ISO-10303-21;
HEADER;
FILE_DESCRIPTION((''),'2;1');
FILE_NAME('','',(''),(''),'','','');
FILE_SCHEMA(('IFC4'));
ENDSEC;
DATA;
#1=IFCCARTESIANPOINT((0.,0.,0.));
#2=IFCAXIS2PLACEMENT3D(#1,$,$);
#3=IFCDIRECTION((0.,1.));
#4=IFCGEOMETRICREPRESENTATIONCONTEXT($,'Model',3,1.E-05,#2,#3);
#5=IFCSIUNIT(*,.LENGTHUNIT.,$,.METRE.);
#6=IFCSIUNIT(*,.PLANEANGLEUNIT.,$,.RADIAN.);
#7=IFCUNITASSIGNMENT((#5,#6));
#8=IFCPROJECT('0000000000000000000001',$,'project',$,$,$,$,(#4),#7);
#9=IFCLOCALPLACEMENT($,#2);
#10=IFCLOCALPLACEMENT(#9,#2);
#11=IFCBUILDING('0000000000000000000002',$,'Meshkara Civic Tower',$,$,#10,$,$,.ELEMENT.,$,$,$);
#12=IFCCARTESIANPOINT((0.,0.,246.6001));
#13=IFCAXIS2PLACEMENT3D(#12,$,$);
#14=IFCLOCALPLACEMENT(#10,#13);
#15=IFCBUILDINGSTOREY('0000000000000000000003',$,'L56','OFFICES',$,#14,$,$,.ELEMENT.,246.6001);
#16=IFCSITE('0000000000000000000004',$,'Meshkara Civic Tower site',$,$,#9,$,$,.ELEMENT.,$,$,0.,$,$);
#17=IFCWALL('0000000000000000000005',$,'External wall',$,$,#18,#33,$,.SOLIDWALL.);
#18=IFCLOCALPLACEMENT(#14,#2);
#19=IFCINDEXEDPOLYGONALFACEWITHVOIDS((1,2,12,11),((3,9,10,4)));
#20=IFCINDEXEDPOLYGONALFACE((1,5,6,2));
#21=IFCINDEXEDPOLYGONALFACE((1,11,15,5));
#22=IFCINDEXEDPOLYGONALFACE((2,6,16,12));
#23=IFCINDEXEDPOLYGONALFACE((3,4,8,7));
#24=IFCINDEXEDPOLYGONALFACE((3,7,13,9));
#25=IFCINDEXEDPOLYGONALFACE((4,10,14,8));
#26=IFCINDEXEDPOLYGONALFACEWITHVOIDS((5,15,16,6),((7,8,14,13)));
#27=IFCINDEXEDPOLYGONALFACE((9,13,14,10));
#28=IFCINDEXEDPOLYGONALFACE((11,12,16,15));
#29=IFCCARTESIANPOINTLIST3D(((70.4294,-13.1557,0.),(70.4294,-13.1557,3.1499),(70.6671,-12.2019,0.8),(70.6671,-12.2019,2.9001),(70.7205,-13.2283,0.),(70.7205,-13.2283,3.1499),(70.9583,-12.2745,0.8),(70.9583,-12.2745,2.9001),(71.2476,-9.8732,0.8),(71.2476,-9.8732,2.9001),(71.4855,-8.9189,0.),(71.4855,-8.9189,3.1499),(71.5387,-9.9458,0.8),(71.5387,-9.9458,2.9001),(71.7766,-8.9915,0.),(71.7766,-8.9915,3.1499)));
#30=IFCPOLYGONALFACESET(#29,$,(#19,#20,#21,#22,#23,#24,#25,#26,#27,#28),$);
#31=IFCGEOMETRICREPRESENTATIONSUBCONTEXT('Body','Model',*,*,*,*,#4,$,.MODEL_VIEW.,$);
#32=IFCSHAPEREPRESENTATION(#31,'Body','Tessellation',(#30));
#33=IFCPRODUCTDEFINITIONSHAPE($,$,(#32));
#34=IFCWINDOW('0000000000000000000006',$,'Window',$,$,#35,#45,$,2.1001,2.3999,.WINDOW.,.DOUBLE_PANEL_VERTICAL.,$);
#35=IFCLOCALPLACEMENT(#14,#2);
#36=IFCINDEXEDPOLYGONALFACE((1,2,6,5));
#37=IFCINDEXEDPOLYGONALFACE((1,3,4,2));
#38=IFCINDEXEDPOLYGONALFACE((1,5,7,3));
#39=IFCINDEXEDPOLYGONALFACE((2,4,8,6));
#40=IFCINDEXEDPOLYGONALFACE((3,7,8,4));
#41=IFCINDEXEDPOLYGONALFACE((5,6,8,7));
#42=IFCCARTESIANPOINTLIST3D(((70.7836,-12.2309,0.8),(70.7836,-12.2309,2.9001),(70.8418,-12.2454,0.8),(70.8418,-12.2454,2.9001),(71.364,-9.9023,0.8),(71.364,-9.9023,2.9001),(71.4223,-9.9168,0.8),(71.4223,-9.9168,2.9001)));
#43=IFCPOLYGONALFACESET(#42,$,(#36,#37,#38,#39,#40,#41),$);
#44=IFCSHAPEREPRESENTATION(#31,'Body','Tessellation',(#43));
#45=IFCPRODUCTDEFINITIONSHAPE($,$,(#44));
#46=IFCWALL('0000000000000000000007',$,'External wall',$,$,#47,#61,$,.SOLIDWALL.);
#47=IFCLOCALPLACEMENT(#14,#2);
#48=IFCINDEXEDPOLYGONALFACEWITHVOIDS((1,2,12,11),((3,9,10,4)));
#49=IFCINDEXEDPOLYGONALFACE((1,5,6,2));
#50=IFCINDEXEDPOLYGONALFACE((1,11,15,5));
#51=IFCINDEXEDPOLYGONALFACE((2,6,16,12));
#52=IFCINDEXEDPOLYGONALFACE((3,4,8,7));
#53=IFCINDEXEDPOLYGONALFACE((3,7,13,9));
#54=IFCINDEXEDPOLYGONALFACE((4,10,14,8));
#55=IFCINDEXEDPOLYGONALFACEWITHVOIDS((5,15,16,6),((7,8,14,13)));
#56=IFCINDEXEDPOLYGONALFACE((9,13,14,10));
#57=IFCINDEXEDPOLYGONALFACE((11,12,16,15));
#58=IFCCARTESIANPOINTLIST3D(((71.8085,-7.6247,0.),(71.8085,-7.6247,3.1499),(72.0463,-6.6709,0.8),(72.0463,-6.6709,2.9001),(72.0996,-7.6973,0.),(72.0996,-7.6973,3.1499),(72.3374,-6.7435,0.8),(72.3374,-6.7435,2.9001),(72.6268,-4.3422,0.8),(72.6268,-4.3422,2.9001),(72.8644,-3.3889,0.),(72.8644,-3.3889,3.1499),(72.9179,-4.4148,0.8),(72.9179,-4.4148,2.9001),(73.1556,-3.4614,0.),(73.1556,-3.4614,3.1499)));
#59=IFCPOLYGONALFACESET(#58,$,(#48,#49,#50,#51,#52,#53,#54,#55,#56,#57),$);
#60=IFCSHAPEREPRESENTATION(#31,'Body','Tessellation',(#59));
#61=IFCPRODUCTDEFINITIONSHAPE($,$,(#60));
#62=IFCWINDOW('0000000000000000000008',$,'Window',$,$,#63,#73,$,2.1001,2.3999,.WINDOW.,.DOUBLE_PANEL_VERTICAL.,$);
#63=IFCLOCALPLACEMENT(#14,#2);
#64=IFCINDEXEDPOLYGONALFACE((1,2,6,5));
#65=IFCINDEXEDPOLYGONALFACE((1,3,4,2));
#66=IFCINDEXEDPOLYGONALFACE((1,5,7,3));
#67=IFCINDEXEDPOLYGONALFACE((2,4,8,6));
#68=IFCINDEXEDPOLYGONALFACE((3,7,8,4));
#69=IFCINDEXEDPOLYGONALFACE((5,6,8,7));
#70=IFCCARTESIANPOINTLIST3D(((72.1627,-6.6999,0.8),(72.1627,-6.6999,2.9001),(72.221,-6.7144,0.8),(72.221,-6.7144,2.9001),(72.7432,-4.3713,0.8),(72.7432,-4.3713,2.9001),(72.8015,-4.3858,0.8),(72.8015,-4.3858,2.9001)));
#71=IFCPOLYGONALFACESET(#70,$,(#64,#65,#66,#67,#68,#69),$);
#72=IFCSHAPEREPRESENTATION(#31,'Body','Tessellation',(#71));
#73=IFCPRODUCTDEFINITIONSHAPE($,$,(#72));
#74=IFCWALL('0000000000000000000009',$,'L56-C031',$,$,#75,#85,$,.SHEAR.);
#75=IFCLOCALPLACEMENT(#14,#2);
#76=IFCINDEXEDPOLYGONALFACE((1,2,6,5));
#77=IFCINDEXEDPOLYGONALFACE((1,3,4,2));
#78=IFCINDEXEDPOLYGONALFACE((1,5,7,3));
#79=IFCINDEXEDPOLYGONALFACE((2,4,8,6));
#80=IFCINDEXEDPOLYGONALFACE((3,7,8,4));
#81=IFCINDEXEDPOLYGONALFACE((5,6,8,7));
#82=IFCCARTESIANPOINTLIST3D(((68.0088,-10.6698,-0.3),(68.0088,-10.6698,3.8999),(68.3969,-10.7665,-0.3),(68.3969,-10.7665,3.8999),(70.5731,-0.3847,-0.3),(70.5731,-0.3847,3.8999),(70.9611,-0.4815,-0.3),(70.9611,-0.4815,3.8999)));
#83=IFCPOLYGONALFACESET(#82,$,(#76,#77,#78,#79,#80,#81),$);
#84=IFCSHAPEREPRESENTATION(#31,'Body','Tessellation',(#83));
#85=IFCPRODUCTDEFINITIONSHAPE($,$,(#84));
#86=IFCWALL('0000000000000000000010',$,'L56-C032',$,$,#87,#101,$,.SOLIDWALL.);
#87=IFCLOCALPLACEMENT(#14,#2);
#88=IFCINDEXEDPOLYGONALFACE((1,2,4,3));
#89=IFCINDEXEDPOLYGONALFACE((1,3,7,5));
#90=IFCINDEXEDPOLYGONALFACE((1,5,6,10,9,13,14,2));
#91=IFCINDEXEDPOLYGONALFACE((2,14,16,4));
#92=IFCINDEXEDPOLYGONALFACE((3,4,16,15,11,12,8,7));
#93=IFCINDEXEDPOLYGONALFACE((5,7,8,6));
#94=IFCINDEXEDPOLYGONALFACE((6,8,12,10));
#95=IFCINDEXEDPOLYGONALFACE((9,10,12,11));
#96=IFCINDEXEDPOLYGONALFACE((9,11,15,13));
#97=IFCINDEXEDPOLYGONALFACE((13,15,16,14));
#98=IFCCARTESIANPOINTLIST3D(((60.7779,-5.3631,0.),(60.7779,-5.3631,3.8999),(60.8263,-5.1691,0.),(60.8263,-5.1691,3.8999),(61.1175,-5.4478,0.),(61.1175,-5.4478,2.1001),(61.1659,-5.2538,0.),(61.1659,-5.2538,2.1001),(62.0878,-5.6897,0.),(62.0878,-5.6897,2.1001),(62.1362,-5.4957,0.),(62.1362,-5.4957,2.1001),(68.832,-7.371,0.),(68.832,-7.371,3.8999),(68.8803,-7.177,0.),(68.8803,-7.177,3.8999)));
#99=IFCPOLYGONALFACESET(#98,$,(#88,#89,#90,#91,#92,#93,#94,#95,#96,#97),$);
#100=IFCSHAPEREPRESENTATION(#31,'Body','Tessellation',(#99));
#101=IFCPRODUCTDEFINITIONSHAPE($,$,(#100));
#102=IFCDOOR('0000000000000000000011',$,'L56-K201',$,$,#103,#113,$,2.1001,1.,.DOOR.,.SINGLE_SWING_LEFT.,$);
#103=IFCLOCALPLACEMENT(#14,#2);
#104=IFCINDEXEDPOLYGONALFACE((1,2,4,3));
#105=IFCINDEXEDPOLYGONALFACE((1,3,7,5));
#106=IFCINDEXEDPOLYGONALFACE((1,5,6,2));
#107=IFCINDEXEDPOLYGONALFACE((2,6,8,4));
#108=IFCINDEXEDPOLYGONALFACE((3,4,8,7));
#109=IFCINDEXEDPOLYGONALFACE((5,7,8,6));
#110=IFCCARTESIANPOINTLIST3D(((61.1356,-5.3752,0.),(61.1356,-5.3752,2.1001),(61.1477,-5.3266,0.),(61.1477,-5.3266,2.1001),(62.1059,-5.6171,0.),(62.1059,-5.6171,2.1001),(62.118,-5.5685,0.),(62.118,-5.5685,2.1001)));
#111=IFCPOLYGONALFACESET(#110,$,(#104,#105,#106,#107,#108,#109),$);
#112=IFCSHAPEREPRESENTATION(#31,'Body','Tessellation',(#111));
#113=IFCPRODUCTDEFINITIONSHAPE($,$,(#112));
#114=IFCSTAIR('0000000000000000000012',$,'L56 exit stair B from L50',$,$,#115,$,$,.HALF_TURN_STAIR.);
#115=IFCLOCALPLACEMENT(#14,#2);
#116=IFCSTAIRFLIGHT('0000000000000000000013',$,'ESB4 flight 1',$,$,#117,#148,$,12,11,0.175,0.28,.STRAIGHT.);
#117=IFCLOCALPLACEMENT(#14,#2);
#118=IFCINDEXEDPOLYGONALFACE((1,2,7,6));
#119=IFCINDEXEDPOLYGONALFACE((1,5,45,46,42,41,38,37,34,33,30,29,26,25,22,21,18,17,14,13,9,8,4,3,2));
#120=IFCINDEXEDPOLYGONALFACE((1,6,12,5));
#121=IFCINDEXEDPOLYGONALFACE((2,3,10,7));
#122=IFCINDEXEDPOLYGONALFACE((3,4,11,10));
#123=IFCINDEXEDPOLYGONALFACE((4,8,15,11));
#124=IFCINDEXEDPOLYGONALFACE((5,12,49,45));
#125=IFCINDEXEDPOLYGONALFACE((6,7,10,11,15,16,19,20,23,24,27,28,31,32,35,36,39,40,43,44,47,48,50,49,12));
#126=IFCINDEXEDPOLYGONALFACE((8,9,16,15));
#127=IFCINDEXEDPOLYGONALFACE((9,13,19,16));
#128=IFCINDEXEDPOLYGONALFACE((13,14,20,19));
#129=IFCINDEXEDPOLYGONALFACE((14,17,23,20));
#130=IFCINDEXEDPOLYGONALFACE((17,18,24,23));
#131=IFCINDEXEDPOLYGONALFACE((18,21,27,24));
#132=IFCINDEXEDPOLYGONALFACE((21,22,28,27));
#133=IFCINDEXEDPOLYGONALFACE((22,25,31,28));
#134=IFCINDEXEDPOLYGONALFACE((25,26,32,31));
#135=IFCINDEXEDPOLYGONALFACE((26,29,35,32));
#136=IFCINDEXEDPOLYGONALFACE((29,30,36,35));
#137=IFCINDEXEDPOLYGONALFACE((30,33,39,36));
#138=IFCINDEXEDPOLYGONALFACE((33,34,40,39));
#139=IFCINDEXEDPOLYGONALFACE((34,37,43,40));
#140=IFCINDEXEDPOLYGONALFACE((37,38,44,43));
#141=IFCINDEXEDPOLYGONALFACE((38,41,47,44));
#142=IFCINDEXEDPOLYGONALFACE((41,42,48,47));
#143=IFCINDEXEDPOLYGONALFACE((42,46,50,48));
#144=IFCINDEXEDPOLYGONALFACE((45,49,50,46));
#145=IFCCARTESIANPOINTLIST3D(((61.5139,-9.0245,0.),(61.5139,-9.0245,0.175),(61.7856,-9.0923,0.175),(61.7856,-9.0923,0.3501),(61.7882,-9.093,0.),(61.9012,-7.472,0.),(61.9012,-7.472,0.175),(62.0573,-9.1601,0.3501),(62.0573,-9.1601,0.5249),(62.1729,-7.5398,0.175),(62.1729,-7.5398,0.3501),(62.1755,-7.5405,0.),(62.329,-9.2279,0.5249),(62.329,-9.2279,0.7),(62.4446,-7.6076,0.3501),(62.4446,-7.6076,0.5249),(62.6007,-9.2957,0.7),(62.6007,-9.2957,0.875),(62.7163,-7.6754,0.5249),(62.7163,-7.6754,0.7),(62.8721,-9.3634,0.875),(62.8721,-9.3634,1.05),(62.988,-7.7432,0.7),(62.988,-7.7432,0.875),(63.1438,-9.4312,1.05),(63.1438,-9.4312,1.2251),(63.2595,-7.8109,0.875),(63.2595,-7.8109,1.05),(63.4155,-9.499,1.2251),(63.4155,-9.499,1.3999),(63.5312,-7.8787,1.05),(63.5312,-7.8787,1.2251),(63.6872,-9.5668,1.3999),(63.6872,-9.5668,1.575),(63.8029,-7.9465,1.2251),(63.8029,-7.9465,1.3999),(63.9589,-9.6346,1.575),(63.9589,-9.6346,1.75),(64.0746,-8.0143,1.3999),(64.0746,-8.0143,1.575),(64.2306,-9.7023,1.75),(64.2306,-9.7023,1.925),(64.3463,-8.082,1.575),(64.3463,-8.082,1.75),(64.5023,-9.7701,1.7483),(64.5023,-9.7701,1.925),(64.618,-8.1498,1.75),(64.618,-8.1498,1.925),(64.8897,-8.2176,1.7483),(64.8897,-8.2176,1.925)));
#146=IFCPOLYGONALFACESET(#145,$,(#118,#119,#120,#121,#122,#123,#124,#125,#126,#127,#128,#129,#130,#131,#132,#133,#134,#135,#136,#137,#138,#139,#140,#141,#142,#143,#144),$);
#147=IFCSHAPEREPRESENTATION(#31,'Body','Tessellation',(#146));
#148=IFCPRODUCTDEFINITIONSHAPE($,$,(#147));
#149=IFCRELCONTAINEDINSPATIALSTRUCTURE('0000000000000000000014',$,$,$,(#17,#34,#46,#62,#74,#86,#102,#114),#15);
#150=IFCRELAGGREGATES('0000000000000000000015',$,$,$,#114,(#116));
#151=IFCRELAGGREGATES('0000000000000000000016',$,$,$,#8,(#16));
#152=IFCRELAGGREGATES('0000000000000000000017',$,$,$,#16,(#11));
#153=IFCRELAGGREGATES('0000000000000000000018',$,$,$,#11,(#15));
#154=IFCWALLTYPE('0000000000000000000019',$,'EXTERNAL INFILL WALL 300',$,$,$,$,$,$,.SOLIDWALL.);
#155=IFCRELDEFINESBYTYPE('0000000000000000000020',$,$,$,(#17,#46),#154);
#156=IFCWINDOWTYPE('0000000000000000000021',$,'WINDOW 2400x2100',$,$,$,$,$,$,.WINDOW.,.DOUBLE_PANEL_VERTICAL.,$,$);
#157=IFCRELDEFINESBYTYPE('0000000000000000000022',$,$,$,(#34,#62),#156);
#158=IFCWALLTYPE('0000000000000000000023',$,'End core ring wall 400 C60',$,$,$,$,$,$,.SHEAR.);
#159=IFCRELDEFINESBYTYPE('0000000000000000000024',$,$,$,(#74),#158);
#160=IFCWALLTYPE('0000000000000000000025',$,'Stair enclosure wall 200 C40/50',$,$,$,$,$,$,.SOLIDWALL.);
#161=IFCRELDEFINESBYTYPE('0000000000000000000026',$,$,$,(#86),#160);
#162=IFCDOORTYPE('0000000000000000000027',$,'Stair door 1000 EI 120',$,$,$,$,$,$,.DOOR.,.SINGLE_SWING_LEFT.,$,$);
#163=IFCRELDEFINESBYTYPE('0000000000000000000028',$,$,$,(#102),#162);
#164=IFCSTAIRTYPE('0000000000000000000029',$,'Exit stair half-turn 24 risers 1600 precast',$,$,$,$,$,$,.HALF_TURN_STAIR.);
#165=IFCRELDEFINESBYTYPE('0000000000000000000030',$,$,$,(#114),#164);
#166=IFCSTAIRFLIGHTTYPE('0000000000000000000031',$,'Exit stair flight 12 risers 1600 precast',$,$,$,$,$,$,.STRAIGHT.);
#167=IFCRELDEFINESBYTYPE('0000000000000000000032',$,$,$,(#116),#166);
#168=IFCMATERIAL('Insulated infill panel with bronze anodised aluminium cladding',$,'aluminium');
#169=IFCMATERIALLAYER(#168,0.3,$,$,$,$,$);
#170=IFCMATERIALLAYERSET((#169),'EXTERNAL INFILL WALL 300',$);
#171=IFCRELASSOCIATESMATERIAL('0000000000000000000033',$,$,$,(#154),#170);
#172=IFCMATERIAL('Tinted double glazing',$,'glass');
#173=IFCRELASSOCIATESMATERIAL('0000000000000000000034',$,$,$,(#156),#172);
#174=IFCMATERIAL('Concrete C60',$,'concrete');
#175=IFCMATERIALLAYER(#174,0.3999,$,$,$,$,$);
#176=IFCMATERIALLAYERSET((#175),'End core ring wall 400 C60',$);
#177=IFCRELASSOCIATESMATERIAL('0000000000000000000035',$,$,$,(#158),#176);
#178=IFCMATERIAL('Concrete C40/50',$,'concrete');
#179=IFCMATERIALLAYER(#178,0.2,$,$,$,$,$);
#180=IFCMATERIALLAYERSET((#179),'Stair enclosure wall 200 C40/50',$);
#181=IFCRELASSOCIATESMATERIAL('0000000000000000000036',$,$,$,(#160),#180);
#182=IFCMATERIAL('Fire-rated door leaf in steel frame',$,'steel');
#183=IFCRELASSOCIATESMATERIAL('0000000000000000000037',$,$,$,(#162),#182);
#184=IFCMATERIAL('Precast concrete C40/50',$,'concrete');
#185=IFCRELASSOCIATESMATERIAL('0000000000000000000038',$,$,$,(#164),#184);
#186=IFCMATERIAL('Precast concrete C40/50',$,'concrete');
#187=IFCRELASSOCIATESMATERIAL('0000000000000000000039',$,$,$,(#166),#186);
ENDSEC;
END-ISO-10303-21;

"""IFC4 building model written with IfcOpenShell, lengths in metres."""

from ifc_helpers import new_model, si_unit, direction, frame, frame_2d, origin, place, context, subcontext, project, spatial, polyline, rectangle, outline, extrude, material, layer, layer_set, type_object, element, fill, aggregate, save


model = new_model("IFC4")

# Units and contexts
model_context = context("Model", 3, precision=1e-05, world=origin(), true_north=direction((0.0, 1.0)))
body_context = subcontext(model_context, "Body", "Model", "MODEL_VIEW")
ifc_project = project(units=[si_unit("LENGTHUNIT", "METRE"), si_unit("PLANEANGLEUNIT", "RADIAN")], contexts=[model_context])

# Site, building, storey
site_placement = place(None, origin())
site = spatial("IfcSite", under=ifc_project, at=site_placement, Name="Meshkara Civic Tower site", CompositionType="ELEMENT", RefElevation=0.0)
building_placement = place(site_placement, origin())
building = spatial("IfcBuilding", under=site, at=building_placement, Name="Meshkara Civic Tower", CompositionType="ELEMENT")
storey_placement = place(building_placement, frame((0.0, 0.0, 246.6001)))
storey = spatial("IfcBuildingStorey", under=building, at=storey_placement, Name="L56", Description="OFFICES", CompositionType="ELEMENT", Elevation=246.6001)

# Walls, openings, windows
ifc_material_1 = material(Name="Insulated infill panel with bronze anodised aluminium cladding", Category="aluminium")
ifc_layer_1 = layer(ifc_material_1, 0.3)
ifc_layer_set_1 = layer_set([ifc_layer_1], Name="EXTERNAL INFILL WALL 300")
wall_type_1 = type_object("IfcWallType", Name="EXTERNAL INFILL WALL 300", PredefinedType="SOLIDWALL", material=ifc_layer_set_1)
ifc_material_2 = material(Name="Tinted double glazing", Category="glass")
window_type_1 = type_object("IfcWindowType", Name="WINDOW 2400x2100", PartitioningType="DOUBLE_PANEL_VERTICAL", PredefinedType="WINDOW", material=ifc_material_2)
wall_1_placement = place(storey_placement, frame((70.575, -13.1919, 0.0), z_axis=(0.0, 0.0, 1.0), x_axis=(0.241878, 0.970307, 0.0)))
wall_1 = element("IfcWall", 1, at=wall_1_placement, inside=storey, type_object=wall_type_1, Name="External wall", PredefinedType="SOLIDWALL", context=body_context, shape_type="SweptSolid", body=[
    extrude(rectangle(XDim=4.3665, YDim=0.3, at=frame_2d((2.1831, 0.0))), origin(), (0.0, 0.0, 1.0), 3.1499),
])
opening_1_placement = place(wall_1_placement, frame((0.9829, 0.0, 0.8)))
opening_1 = element("IfcOpeningElement", 2, at=opening_1_placement, cuts=wall_1, PredefinedType="OPENING", context=body_context, shape_type="SweptSolid", body=[
    extrude(rectangle(XDim=2.3999, YDim=2.1001, at=frame_2d((1.2, 1.05))), frame((0.0, 0.1599, 0.0), z_axis=(0.0, -1.0, 0.0), x_axis=(1.0, 0.0, 0.0)), (0.0, 0.0, 1.0), 0.3201),
])
window_1_placement = place(opening_1_placement, origin())
window_1 = element("IfcWindow", 3, at=window_1_placement, inside=storey, type_object=window_type_1, Name="Window", OverallHeight=2.1001, OverallWidth=2.3999, PartitioningType="DOUBLE_PANEL_VERTICAL", PredefinedType="WINDOW", context=body_context, shape_type="SweptSolid", body=[
    extrude(rectangle(XDim=2.3999, YDim=2.1001, at=frame_2d((1.2, 1.05))), frame((0.0, 0.03, 0.0), z_axis=(0.0, -1.0, 0.0), x_axis=(1.0, 0.0, 0.0)), (0.0, 0.0, 1.0), 0.0601),
])
fill(opening_1, window_1)
wall_2_placement = place(storey_placement, frame((71.9541, -7.6609, 0.0), z_axis=(0.0, 0.0, 1.0), x_axis=(0.241878, 0.970307, 0.0)))
wall_2 = element("IfcWall", 4, at=wall_2_placement, inside=storey, type_object=wall_type_1, Name="External wall", PredefinedType="SOLIDWALL", context=body_context, shape_type="SweptSolid", body=[
    extrude(rectangle(XDim=4.3655, YDim=0.3, at=frame_2d((2.1826, 0.0))), origin(), (0.0, 0.0, 1.0), 3.1499),
])
opening_2_placement = place(wall_2_placement, frame((0.9829, 0.0, 0.8)))
opening_2 = element("IfcOpeningElement", 5, at=opening_2_placement, cuts=wall_2, PredefinedType="OPENING", context=body_context, shape_type="SweptSolid", body=[
    extrude(rectangle(XDim=2.3999, YDim=2.1001, at=frame_2d((1.2, 1.05))), frame((0.0, 0.1599, 0.0), z_axis=(0.0, -1.0, 0.0), x_axis=(1.0, 0.0, 0.0)), (0.0, 0.0, 1.0), 0.3201),
])
window_2_placement = place(opening_2_placement, origin())
window_2 = element("IfcWindow", 6, at=window_2_placement, inside=storey, type_object=window_type_1, Name="Window", OverallHeight=2.1001, OverallWidth=2.3999, PartitioningType="DOUBLE_PANEL_VERTICAL", PredefinedType="WINDOW", context=body_context, shape_type="SweptSolid", body=[
    extrude(rectangle(XDim=2.3999, YDim=2.1001, at=frame_2d((1.2, 1.05))), frame((0.0, 0.03, 0.0), z_axis=(0.0, -1.0, 0.0), x_axis=(1.0, 0.0, 0.0)), (0.0, 0.0, 1.0), 0.0601),
])
fill(opening_2, window_2)

# Wall
ifc_material_3 = material(Name="Concrete C60", Category="concrete")
ifc_layer_2 = layer(ifc_material_3, 0.3999)
ifc_layer_set_2 = layer_set([ifc_layer_2], Name="End core ring wall 400 C60")
wall_type_2 = type_object("IfcWallType", Name="End core ring wall 400 C60", PredefinedType="SHEAR", material=ifc_layer_set_2)
wall_3_placement = place(storey_placement, frame((68.2029, -10.718, -0.3), z_axis=(0.0, 0.0, 1.0), x_axis=(0.241912, 0.970298, 0.0)))
element("IfcWall", 7, at=wall_3_placement, inside=storey, type_object=wall_type_2, Name="L56-C031", PredefinedType="SHEAR", context=body_context, shape_type="SweptSolid", body=[
    extrude(rectangle(XDim=10.5999, YDim=0.3999, at=frame_2d((5.2998, 0.0))), origin(), (0.0, 0.0, 1.0), 4.2),
])

# Wall, opening, door
ifc_material_4 = material(Name="Concrete C40/50", Category="concrete")
ifc_layer_3 = layer(ifc_material_4, 0.2)
ifc_layer_set_3 = layer_set([ifc_layer_3], Name="Stair enclosure wall 200 C40/50")
wall_type_3 = type_object("IfcWallType", Name="Stair enclosure wall 200 C40/50", PredefinedType="SOLIDWALL", material=ifc_layer_set_3)
wall_4_placement = place(storey_placement, frame((60.802, -5.2661, 0.0), z_axis=(0.0, 0.0, 1.0), x_axis=(0.970303, -0.241892, 0.0)))
wall_4 = element("IfcWall", 8, at=wall_4_placement, inside=storey, type_object=wall_type_3, Name="L56-C032", PredefinedType="SOLIDWALL", context=body_context, shape_type="SweptSolid", body=[
    extrude(rectangle(XDim=8.3005, YDim=0.2, at=frame_2d((4.1504, 0.0))), origin(), (0.0, 0.0, 1.0), 3.8999),
])
opening_3_placement = place(wall_4_placement, frame((0.3501, 0.0, 0.0)))
opening_3 = element("IfcOpeningElement", 9, at=opening_3_placement, cuts=wall_4, PredefinedType="OPENING", context=body_context, shape_type="SweptSolid", body=[
    extrude(rectangle(XDim=1.0, YDim=2.1001, at=frame_2d((0.5, 1.05))), frame((0.0, 0.1099, 0.0), z_axis=(0.0, -1.0, 0.0), x_axis=(1.0, 0.0, 0.0)), (0.0, 0.0, 1.0), 0.22),
])
ifc_material_5 = material(Name="Fire-rated door leaf in steel frame", Category="steel")
door_type = type_object("IfcDoorType", Name="Stair door 1000 EI 120", OperationType="SINGLE_SWING_LEFT", PredefinedType="DOOR", material=ifc_material_5)
door_placement = place(opening_3_placement, origin())
door = element("IfcDoor", 10, at=door_placement, inside=storey, type_object=door_type, Name="L56-K201", OperationType="SINGLE_SWING_LEFT", OverallHeight=2.1001, OverallWidth=1.0, PredefinedType="DOOR", context=body_context, shape_type="SweptSolid", body=[
    extrude(rectangle(XDim=1.0, YDim=2.1001, at=frame_2d((0.5, 1.05))), frame((0.0, 0.0249, 0.0), z_axis=(0.0, -1.0, 0.0), x_axis=(1.0, 0.0, 0.0)), (0.0, 0.0, 1.0), 0.05),
])
fill(opening_3, door)

# Stair, stair flight
ifc_material_6 = material(Name="Precast concrete C40/50", Category="concrete")
stair_type = type_object("IfcStairType", Name="Exit stair half-turn 24 risers 1600 precast", PredefinedType="HALF_TURN_STAIR", material=ifc_material_6)
stair_placement = place(storey_placement, origin())
stair = element("IfcStair", 11, at=stair_placement, inside=storey, type_object=stair_type, Name="L56 exit stair B from L50", PredefinedType="HALF_TURN_STAIR")
ifc_material_7 = material(Name="Precast concrete C40/50", Category="concrete")
stair_flight_type = type_object("IfcStairFlightType", Name="Exit stair flight 12 risers 1600 precast", PredefinedType="STRAIGHT", material=ifc_material_7)
stair_flight_1_placement = place(storey_placement, frame((61.7075, -8.2483, 0.0), z_axis=(0.0, 0.0, 1.0), x_axis=(0.97026, -0.242065, 0.0)))
stair_flight_1 = element("IfcStairFlight", 12, at=stair_flight_1_placement, type_object=stair_flight_type, Name="ESB4 flight 1", NumberOfRisers=12, NumberOfTreads=11, PredefinedType="STRAIGHT", RiserHeight=0.175, TreadLength=0.28, context=body_context, shape_type="SweptSolid", body=[
    extrude(outline(polyline([(0.0, 0.0), (0.0, 0.175), (0.28, 0.175), (0.28, 0.3501), (0.5601, 0.3501), (0.5601, 0.5249), (0.8401, 0.5249), (0.8401, 0.7), (1.1201, 0.7), (1.1201, 0.875), (1.3999, 0.875), (1.3999, 1.05), (1.6799, 1.05), (1.6799, 1.2251), (1.96, 1.2251), (1.96, 1.3999), (2.24, 1.3999), (2.24, 1.575), (2.52, 1.575), (2.52, 1.75), (2.8, 1.75), (2.8, 1.925), (3.0801, 1.925), (3.0801, 2.1001), (3.0801, 1.7483), (0.2827, 0.0), (0.0, 0.0)])), frame((0.0, 0.8, 0.0), z_axis=(0.0, -1.0, 0.0), x_axis=(1.0, 0.0, 0.0)), (0.0, 0.0, 1.0), 1.6001),
])
aggregate(stair, [stair_flight_1])

save(model, "model.ifc")
